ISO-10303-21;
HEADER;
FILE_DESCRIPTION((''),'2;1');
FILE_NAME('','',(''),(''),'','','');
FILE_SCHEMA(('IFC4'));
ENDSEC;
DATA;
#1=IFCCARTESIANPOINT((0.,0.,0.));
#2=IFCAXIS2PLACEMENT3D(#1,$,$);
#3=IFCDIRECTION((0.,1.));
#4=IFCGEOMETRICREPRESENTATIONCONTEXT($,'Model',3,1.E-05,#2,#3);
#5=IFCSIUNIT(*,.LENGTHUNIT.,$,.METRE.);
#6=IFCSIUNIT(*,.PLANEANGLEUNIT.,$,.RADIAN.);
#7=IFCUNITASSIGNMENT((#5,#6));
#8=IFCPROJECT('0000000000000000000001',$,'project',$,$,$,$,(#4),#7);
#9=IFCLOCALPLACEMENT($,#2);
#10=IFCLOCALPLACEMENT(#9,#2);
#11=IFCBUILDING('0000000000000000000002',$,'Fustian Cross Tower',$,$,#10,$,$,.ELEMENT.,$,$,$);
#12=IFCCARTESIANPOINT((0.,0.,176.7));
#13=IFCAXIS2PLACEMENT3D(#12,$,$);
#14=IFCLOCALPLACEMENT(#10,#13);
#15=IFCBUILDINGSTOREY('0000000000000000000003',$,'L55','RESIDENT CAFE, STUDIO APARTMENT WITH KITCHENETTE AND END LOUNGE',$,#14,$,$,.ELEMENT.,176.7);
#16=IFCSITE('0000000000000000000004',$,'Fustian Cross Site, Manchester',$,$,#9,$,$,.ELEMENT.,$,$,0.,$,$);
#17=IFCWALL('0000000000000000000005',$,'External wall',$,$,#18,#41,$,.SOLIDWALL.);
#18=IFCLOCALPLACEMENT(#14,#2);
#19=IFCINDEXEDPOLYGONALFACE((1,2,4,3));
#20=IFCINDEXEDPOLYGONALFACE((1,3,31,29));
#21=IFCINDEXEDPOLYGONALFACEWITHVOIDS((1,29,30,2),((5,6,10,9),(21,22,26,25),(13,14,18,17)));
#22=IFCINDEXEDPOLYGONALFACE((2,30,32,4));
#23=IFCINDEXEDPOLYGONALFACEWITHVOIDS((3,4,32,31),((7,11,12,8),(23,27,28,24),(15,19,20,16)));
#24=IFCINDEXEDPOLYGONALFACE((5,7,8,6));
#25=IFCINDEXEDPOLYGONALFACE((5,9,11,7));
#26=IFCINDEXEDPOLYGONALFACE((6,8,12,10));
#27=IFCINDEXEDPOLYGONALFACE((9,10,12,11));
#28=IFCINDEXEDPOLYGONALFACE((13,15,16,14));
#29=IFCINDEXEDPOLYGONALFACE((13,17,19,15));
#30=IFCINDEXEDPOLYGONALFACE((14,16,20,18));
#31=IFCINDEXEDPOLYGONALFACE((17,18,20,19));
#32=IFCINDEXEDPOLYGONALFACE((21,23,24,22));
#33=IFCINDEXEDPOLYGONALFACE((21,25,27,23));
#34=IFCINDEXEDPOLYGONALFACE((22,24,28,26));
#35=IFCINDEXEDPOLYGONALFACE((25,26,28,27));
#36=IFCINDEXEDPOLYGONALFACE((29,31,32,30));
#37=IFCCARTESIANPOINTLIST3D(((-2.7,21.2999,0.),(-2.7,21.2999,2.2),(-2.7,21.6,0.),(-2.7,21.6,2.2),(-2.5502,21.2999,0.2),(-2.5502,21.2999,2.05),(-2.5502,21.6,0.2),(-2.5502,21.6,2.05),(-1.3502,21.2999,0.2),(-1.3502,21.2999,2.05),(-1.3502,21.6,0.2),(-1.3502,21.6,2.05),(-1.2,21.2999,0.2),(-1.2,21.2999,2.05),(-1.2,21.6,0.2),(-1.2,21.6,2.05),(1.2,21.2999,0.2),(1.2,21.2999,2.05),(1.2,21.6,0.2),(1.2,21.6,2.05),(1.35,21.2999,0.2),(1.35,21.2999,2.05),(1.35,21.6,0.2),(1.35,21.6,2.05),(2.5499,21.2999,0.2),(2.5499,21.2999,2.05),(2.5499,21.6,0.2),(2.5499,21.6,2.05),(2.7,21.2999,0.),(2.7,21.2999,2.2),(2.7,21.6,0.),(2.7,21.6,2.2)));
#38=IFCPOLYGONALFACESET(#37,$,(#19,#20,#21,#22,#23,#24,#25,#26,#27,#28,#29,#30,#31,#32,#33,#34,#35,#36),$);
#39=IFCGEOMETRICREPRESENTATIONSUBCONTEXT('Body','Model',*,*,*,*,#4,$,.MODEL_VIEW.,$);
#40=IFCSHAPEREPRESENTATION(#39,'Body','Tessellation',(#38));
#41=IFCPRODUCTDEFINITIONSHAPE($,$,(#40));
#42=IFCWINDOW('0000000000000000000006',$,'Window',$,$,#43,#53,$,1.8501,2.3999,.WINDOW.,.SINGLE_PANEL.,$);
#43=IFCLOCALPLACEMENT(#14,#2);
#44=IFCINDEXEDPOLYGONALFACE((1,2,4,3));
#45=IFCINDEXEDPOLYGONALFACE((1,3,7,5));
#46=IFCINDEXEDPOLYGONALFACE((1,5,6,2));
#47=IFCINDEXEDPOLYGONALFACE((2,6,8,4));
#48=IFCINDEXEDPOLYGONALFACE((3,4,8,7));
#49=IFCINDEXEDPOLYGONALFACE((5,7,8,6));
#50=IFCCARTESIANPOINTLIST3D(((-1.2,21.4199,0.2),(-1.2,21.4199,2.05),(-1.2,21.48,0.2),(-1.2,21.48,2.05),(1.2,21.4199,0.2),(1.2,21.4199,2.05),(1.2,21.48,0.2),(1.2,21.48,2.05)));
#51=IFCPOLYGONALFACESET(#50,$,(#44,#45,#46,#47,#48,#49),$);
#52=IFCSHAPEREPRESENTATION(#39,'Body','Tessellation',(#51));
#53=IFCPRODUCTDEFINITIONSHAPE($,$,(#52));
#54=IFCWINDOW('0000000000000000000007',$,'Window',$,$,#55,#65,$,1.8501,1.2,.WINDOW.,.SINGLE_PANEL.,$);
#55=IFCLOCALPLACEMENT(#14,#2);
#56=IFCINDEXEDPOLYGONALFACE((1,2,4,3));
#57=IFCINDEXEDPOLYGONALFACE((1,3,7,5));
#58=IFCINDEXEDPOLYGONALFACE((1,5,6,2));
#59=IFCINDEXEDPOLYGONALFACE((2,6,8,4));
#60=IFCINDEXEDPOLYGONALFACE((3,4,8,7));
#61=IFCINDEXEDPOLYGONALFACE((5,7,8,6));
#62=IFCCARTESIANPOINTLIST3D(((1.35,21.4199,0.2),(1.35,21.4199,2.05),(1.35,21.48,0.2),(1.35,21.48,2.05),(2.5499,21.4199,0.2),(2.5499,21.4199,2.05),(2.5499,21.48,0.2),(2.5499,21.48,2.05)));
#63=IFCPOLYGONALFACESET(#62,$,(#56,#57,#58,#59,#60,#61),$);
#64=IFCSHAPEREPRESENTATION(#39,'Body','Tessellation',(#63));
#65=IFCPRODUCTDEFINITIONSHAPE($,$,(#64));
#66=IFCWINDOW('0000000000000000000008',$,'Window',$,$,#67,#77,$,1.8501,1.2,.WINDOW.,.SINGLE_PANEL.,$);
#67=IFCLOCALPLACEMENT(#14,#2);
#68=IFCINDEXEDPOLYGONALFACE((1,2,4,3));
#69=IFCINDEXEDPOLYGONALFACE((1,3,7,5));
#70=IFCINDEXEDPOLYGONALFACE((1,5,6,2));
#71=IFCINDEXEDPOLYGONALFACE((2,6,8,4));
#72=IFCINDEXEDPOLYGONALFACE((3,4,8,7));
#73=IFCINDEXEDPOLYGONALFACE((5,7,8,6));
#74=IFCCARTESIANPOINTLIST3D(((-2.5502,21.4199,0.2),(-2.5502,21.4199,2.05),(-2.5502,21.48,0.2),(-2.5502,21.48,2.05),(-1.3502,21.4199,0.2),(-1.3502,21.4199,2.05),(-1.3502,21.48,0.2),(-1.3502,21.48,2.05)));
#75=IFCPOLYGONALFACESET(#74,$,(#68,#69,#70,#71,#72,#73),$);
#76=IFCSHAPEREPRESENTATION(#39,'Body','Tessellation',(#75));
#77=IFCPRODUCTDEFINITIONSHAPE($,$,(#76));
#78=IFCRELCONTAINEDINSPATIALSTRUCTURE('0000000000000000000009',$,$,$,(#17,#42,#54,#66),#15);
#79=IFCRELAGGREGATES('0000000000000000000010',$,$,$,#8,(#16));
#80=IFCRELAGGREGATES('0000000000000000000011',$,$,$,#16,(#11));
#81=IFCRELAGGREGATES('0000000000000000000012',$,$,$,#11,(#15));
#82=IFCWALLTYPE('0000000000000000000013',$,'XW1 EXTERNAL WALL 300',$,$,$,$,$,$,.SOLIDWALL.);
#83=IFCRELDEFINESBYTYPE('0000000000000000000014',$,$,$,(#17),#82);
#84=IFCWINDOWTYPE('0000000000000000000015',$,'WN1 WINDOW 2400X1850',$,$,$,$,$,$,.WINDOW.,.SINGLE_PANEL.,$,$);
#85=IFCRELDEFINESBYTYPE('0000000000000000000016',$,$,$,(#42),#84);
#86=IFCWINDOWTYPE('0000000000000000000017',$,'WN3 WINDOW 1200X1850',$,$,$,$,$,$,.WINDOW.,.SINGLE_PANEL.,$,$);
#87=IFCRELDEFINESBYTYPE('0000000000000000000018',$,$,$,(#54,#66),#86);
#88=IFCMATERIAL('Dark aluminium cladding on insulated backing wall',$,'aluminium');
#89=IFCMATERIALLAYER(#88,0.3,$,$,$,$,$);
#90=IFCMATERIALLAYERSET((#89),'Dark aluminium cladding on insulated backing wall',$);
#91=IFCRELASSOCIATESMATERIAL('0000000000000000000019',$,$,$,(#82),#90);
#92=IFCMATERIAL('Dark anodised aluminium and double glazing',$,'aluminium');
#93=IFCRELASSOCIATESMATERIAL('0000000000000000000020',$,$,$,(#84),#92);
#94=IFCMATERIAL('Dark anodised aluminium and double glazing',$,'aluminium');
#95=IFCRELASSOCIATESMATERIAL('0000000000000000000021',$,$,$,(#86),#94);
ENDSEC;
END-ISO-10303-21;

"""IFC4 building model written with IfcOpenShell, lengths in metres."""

from ifc_helpers import new_model, si_unit, direction, frame, frame_2d, origin, place, context, subcontext, project, spatial, rectangle, extrude, material, layer, layer_set, type_object, element, fill, save


model = new_model("IFC4")

# Units and contexts
model_context = context("Model", 3, precision=1e-05, world=origin(), true_north=direction((0.0, 1.0)))
body_context = subcontext(model_context, "Body", "Model", "MODEL_VIEW")
ifc_project = project(units=[si_unit("LENGTHUNIT", "METRE"), si_unit("PLANEANGLEUNIT", "RADIAN")], contexts=[model_context])

# Site, building, storey
site_placement = place(None, origin())
site = spatial("IfcSite", under=ifc_project, at=site_placement, Name="Fustian Cross Site, Manchester", CompositionType="ELEMENT", RefElevation=0.0)
building_placement = place(site_placement, origin())
building = spatial("IfcBuilding", under=site, at=building_placement, Name="Fustian Cross Tower", CompositionType="ELEMENT")
storey_placement = place(building_placement, frame((0.0, 0.0, 176.7)))
storey = spatial("IfcBuildingStorey", under=building, at=storey_placement, Name="L55", Description="RESIDENT CAFE, STUDIO APARTMENT WITH KITCHENETTE AND END LOUNGE", CompositionType="ELEMENT", Elevation=176.7)

# Shared definitions
ifc_material_1 = material(Name="Dark aluminium cladding on insulated backing wall", Category="aluminium")
ifc_layer_1 = layer(ifc_material_1, 0.3)
ifc_layer_set_1 = layer_set([ifc_layer_1], Name="Dark aluminium cladding on insulated backing wall")
wall_type_1 = type_object("IfcWallType", Name="XW1 EXTERNAL WALL 300", PredefinedType="SOLIDWALL", material=ifc_layer_set_1)

# Wall, openings, windows
wall_1_placement = place(storey_placement, frame((2.7, 21.45, 0.0), z_axis=(0.0, 0.0, 1.0), x_axis=(-1.0, 0.0, 0.0)))
wall_1 = element("IfcWall", 1, at=wall_1_placement, inside=storey, type_object=wall_type_1, Name="External wall", PredefinedType="SOLIDWALL", context=body_context, shape_type="SweptSolid", body=[
    extrude(rectangle(XDim=5.3999, YDim=0.3, at=frame_2d((2.7, 0.0))), origin(), (0.0, 0.0, 1.0), 2.2),
])
opening_1_placement = place(wall_1_placement, frame((1.5, 0.0, 0.2)))
opening_1 = element("IfcOpeningElement", 2, at=opening_1_placement, cuts=wall_1, PredefinedType="OPENING", context=body_context, shape_type="SweptSolid", body=[
    extrude(rectangle(XDim=2.3999, YDim=1.8501, at=frame_2d((1.2, 0.925))), frame((0.0, 0.1599, 0.0), z_axis=(0.0, -1.0, 0.0), x_axis=(1.0, 0.0, 0.0)), (0.0, 0.0, 1.0), 0.3201),
])
opening_2_placement = place(wall_1_placement, frame((0.1499, 0.0, 0.2)))
opening_2 = element("IfcOpeningElement", 3, at=opening_2_placement, cuts=wall_1, PredefinedType="OPENING", context=body_context, shape_type="SweptSolid", body=[
    extrude(rectangle(XDim=1.2, YDim=1.8501, at=frame_2d((0.6001, 0.925))), frame((0.0, 0.1599, 0.0), z_axis=(0.0, -1.0, 0.0), x_axis=(1.0, 0.0, 0.0)), (0.0, 0.0, 1.0), 0.3201),
])
opening_3_placement = place(wall_1_placement, frame((4.05, 0.0, 0.2)))
opening_3 = element("IfcOpeningElement", 4, at=opening_3_placement, cuts=wall_1, PredefinedType="OPENING", context=body_context, shape_type="SweptSolid", body=[
    extrude(rectangle(XDim=1.2, YDim=1.8501, at=frame_2d((0.6001, 0.925))), frame((0.0, 0.1599, 0.0), z_axis=(0.0, -1.0, 0.0), x_axis=(1.0, 0.0, 0.0)), (0.0, 0.0, 1.0), 0.3201),
])
ifc_material_2 = material(Name="Dark anodised aluminium and double glazing", Category="aluminium")
window_type_1 = type_object("IfcWindowType", Name="WN1 WINDOW 2400X1850", PartitioningType="SINGLE_PANEL", PredefinedType="WINDOW", material=ifc_material_2)
window_1_placement = place(opening_1_placement, origin())
window_1 = element("IfcWindow", 5, at=window_1_placement, inside=storey, type_object=window_type_1, Name="Window", OverallHeight=1.8501, OverallWidth=2.3999, PartitioningType="SINGLE_PANEL", PredefinedType="WINDOW", context=body_context, shape_type="SweptSolid", body=[
    extrude(rectangle(XDim=2.3999, YDim=1.8501, at=frame_2d((1.2, 0.925))), frame((0.0, 0.03, 0.0), z_axis=(0.0, -1.0, 0.0), x_axis=(1.0, 0.0, 0.0)), (0.0, 0.0, 1.0), 0.0601),
])
fill(opening_1, window_1)
ifc_material_3 = material(Name="Dark anodised aluminium and double glazing", Category="aluminium")
window_type_2 = type_object("IfcWindowType", Name="WN3 WINDOW 1200X1850", PartitioningType="SINGLE_PANEL", PredefinedType="WINDOW", material=ifc_material_3)
window_2_placement = place(opening_2_placement, origin())
window_2 = element("IfcWindow", 6, at=window_2_placement, inside=storey, type_object=window_type_2, Name="Window", OverallHeight=1.8501, OverallWidth=1.2, PartitioningType="SINGLE_PANEL", PredefinedType="WINDOW", context=body_context, shape_type="SweptSolid", body=[
    extrude(rectangle(XDim=1.2, YDim=1.8501, at=frame_2d((0.6001, 0.925))), frame((0.0, 0.03, 0.0), z_axis=(0.0, -1.0, 0.0), x_axis=(1.0, 0.0, 0.0)), (0.0, 0.0, 1.0), 0.0601),
])
fill(opening_2, window_2)
window_3_placement = place(opening_3_placement, origin())
window_3 = element("IfcWindow", 7, at=window_3_placement, inside=storey, type_object=window_type_2, Name="Window", OverallHeight=1.8501, OverallWidth=1.2, PartitioningType="SINGLE_PANEL", PredefinedType="WINDOW", context=body_context, shape_type="SweptSolid", body=[
    extrude(rectangle(XDim=1.2, YDim=1.8501, at=frame_2d((0.6001, 0.925))), frame((0.0, 0.03, 0.0), z_axis=(0.0, -1.0, 0.0), x_axis=(1.0, 0.0, 0.0)), (0.0, 0.0, 1.0), 0.0601),
])
fill(opening_3, window_3)

save(model, "model.ifc")
